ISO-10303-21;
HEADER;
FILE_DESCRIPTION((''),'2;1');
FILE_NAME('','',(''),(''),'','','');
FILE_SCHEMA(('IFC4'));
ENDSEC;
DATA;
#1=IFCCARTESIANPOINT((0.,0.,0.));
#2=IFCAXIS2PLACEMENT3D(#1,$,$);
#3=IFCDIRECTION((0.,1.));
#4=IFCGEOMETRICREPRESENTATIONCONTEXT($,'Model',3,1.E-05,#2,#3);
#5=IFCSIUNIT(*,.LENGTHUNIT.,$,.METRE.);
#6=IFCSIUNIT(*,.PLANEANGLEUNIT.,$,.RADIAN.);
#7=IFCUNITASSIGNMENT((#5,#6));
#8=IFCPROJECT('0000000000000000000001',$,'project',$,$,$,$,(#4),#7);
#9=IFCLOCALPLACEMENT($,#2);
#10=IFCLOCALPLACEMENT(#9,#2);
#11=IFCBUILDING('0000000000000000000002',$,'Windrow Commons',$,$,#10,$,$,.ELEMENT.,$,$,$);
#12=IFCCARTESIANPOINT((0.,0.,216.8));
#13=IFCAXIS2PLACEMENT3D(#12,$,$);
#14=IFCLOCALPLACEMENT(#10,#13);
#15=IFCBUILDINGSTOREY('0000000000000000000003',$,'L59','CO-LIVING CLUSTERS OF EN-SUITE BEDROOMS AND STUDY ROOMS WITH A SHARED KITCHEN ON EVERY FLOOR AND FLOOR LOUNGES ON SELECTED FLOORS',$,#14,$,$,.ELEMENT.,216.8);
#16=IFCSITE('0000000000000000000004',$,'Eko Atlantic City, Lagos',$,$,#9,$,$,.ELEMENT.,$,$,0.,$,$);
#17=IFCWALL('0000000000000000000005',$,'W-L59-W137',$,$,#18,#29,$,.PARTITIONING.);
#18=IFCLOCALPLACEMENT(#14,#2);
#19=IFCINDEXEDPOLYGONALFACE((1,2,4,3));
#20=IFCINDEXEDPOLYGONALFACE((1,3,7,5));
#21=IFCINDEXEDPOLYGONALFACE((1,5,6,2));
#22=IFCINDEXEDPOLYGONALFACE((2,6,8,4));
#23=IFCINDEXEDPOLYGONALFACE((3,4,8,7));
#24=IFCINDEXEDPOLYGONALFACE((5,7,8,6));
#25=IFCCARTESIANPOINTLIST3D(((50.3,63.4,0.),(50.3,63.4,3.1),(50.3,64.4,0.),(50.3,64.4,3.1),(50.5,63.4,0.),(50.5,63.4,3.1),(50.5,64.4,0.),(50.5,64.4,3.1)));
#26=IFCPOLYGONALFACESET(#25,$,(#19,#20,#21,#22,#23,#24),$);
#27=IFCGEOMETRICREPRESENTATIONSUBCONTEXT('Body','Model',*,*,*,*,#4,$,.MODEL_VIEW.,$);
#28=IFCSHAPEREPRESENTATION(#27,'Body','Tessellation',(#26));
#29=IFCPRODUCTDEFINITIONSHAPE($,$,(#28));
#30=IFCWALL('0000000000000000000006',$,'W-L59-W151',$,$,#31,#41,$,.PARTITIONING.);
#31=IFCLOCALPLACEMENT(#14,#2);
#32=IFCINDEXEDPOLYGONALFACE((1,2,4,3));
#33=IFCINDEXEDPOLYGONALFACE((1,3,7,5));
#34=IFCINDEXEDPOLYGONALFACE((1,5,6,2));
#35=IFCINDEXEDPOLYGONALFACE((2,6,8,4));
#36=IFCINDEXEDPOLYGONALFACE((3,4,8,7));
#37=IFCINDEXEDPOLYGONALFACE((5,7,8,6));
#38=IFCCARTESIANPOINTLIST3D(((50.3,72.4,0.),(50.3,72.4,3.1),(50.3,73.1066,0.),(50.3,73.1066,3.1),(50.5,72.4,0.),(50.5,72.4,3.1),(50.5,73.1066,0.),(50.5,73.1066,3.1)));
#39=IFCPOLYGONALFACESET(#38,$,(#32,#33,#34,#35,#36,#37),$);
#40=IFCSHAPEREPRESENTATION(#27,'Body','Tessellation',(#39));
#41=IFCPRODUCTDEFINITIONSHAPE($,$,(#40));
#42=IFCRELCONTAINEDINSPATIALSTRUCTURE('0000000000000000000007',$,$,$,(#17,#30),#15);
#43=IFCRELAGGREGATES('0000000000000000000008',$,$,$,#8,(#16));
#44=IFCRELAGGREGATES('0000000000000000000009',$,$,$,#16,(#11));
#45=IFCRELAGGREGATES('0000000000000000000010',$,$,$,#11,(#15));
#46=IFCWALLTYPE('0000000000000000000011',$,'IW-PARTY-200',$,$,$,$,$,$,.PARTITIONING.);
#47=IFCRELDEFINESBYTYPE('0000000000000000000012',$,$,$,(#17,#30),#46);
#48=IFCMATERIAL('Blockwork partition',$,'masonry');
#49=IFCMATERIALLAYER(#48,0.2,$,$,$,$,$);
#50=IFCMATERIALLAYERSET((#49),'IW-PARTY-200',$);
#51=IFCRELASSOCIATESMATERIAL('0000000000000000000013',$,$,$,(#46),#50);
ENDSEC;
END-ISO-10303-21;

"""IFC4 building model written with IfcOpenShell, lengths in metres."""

from ifc_helpers import new_model, si_unit, direction, frame, frame_2d, origin, place, context, subcontext, project, spatial, rectangle, extrude, material, layer, layer_set, type_object, element, save


model = new_model("IFC4")

# Units and contexts
model_context = context("Model", 3, precision=1e-05, world=origin(), true_north=direction((0.0, 1.0)))
body_context = subcontext(model_context, "Body", "Model", "MODEL_VIEW")
ifc_project = project(units=[si_unit("LENGTHUNIT", "METRE"), si_unit("PLANEANGLEUNIT", "RADIAN")], contexts=[model_context])

# Site, building, storey
site_placement = place(None, origin())
site = spatial("IfcSite", under=ifc_project, at=site_placement, Name="Eko Atlantic City, Lagos", CompositionType="ELEMENT", RefElevation=0.0)
building_placement = place(site_placement, origin())
building = spatial("IfcBuilding", under=site, at=building_placement, Name="Windrow Commons", CompositionType="ELEMENT")
storey_placement = place(building_placement, frame((0.0, 0.0, 216.8)))
storey = spatial("IfcBuildingStorey", under=building, at=storey_placement, Name="L59", Description="CO-LIVING CLUSTERS OF EN-SUITE BEDROOMS AND STUDY ROOMS WITH A SHARED KITCHEN ON EVERY FLOOR AND FLOOR LOUNGES ON SELECTED FLOORS", CompositionType="ELEMENT", Elevation=216.8)

# Walls
ifc_material_1 = material(Name="Blockwork partition", Category="masonry")
ifc_layer_1 = layer(ifc_material_1, 0.2)
ifc_layer_set_1 = layer_set([ifc_layer_1], Name="IW-PARTY-200")
wall_type_1 = type_object("IfcWallType", Name="IW-PARTY-200", PredefinedType="PARTITIONING", material=ifc_layer_set_1)
wall_1_placement = place(storey_placement, frame((50.4, 63.4, 0.0), z_axis=(0.0, 0.0, 1.0), x_axis=(0.0, 1.0, 0.0)))
element("IfcWall", 1, at=wall_1_placement, inside=storey, type_object=wall_type_1, Name="W-L59-W137", PredefinedType="PARTITIONING", context=body_context, shape_type="SweptSolid", body=[
    extrude(rectangle(XDim=1.0, YDim=0.2, at=frame_2d((0.5, 0.0))), origin(), (0.0, 0.0, 1.0), 3.1),
])
wall_2_placement = place(storey_placement, frame((50.4, 72.4, 0.0), z_axis=(0.0, 0.0, 1.0), x_axis=(0.0, 1.0, 0.0)))
element("IfcWall", 2, at=wall_2_placement, inside=storey, type_object=wall_type_1, Name="W-L59-W151", PredefinedType="PARTITIONING", context=body_context, shape_type="SweptSolid", body=[
    extrude(rectangle(XDim=0.7067, YDim=0.2, at=frame_2d((0.3533, 0.0))), origin(), (0.0, 0.0, 1.0), 3.1),
])

save(model, "model.ifc")
